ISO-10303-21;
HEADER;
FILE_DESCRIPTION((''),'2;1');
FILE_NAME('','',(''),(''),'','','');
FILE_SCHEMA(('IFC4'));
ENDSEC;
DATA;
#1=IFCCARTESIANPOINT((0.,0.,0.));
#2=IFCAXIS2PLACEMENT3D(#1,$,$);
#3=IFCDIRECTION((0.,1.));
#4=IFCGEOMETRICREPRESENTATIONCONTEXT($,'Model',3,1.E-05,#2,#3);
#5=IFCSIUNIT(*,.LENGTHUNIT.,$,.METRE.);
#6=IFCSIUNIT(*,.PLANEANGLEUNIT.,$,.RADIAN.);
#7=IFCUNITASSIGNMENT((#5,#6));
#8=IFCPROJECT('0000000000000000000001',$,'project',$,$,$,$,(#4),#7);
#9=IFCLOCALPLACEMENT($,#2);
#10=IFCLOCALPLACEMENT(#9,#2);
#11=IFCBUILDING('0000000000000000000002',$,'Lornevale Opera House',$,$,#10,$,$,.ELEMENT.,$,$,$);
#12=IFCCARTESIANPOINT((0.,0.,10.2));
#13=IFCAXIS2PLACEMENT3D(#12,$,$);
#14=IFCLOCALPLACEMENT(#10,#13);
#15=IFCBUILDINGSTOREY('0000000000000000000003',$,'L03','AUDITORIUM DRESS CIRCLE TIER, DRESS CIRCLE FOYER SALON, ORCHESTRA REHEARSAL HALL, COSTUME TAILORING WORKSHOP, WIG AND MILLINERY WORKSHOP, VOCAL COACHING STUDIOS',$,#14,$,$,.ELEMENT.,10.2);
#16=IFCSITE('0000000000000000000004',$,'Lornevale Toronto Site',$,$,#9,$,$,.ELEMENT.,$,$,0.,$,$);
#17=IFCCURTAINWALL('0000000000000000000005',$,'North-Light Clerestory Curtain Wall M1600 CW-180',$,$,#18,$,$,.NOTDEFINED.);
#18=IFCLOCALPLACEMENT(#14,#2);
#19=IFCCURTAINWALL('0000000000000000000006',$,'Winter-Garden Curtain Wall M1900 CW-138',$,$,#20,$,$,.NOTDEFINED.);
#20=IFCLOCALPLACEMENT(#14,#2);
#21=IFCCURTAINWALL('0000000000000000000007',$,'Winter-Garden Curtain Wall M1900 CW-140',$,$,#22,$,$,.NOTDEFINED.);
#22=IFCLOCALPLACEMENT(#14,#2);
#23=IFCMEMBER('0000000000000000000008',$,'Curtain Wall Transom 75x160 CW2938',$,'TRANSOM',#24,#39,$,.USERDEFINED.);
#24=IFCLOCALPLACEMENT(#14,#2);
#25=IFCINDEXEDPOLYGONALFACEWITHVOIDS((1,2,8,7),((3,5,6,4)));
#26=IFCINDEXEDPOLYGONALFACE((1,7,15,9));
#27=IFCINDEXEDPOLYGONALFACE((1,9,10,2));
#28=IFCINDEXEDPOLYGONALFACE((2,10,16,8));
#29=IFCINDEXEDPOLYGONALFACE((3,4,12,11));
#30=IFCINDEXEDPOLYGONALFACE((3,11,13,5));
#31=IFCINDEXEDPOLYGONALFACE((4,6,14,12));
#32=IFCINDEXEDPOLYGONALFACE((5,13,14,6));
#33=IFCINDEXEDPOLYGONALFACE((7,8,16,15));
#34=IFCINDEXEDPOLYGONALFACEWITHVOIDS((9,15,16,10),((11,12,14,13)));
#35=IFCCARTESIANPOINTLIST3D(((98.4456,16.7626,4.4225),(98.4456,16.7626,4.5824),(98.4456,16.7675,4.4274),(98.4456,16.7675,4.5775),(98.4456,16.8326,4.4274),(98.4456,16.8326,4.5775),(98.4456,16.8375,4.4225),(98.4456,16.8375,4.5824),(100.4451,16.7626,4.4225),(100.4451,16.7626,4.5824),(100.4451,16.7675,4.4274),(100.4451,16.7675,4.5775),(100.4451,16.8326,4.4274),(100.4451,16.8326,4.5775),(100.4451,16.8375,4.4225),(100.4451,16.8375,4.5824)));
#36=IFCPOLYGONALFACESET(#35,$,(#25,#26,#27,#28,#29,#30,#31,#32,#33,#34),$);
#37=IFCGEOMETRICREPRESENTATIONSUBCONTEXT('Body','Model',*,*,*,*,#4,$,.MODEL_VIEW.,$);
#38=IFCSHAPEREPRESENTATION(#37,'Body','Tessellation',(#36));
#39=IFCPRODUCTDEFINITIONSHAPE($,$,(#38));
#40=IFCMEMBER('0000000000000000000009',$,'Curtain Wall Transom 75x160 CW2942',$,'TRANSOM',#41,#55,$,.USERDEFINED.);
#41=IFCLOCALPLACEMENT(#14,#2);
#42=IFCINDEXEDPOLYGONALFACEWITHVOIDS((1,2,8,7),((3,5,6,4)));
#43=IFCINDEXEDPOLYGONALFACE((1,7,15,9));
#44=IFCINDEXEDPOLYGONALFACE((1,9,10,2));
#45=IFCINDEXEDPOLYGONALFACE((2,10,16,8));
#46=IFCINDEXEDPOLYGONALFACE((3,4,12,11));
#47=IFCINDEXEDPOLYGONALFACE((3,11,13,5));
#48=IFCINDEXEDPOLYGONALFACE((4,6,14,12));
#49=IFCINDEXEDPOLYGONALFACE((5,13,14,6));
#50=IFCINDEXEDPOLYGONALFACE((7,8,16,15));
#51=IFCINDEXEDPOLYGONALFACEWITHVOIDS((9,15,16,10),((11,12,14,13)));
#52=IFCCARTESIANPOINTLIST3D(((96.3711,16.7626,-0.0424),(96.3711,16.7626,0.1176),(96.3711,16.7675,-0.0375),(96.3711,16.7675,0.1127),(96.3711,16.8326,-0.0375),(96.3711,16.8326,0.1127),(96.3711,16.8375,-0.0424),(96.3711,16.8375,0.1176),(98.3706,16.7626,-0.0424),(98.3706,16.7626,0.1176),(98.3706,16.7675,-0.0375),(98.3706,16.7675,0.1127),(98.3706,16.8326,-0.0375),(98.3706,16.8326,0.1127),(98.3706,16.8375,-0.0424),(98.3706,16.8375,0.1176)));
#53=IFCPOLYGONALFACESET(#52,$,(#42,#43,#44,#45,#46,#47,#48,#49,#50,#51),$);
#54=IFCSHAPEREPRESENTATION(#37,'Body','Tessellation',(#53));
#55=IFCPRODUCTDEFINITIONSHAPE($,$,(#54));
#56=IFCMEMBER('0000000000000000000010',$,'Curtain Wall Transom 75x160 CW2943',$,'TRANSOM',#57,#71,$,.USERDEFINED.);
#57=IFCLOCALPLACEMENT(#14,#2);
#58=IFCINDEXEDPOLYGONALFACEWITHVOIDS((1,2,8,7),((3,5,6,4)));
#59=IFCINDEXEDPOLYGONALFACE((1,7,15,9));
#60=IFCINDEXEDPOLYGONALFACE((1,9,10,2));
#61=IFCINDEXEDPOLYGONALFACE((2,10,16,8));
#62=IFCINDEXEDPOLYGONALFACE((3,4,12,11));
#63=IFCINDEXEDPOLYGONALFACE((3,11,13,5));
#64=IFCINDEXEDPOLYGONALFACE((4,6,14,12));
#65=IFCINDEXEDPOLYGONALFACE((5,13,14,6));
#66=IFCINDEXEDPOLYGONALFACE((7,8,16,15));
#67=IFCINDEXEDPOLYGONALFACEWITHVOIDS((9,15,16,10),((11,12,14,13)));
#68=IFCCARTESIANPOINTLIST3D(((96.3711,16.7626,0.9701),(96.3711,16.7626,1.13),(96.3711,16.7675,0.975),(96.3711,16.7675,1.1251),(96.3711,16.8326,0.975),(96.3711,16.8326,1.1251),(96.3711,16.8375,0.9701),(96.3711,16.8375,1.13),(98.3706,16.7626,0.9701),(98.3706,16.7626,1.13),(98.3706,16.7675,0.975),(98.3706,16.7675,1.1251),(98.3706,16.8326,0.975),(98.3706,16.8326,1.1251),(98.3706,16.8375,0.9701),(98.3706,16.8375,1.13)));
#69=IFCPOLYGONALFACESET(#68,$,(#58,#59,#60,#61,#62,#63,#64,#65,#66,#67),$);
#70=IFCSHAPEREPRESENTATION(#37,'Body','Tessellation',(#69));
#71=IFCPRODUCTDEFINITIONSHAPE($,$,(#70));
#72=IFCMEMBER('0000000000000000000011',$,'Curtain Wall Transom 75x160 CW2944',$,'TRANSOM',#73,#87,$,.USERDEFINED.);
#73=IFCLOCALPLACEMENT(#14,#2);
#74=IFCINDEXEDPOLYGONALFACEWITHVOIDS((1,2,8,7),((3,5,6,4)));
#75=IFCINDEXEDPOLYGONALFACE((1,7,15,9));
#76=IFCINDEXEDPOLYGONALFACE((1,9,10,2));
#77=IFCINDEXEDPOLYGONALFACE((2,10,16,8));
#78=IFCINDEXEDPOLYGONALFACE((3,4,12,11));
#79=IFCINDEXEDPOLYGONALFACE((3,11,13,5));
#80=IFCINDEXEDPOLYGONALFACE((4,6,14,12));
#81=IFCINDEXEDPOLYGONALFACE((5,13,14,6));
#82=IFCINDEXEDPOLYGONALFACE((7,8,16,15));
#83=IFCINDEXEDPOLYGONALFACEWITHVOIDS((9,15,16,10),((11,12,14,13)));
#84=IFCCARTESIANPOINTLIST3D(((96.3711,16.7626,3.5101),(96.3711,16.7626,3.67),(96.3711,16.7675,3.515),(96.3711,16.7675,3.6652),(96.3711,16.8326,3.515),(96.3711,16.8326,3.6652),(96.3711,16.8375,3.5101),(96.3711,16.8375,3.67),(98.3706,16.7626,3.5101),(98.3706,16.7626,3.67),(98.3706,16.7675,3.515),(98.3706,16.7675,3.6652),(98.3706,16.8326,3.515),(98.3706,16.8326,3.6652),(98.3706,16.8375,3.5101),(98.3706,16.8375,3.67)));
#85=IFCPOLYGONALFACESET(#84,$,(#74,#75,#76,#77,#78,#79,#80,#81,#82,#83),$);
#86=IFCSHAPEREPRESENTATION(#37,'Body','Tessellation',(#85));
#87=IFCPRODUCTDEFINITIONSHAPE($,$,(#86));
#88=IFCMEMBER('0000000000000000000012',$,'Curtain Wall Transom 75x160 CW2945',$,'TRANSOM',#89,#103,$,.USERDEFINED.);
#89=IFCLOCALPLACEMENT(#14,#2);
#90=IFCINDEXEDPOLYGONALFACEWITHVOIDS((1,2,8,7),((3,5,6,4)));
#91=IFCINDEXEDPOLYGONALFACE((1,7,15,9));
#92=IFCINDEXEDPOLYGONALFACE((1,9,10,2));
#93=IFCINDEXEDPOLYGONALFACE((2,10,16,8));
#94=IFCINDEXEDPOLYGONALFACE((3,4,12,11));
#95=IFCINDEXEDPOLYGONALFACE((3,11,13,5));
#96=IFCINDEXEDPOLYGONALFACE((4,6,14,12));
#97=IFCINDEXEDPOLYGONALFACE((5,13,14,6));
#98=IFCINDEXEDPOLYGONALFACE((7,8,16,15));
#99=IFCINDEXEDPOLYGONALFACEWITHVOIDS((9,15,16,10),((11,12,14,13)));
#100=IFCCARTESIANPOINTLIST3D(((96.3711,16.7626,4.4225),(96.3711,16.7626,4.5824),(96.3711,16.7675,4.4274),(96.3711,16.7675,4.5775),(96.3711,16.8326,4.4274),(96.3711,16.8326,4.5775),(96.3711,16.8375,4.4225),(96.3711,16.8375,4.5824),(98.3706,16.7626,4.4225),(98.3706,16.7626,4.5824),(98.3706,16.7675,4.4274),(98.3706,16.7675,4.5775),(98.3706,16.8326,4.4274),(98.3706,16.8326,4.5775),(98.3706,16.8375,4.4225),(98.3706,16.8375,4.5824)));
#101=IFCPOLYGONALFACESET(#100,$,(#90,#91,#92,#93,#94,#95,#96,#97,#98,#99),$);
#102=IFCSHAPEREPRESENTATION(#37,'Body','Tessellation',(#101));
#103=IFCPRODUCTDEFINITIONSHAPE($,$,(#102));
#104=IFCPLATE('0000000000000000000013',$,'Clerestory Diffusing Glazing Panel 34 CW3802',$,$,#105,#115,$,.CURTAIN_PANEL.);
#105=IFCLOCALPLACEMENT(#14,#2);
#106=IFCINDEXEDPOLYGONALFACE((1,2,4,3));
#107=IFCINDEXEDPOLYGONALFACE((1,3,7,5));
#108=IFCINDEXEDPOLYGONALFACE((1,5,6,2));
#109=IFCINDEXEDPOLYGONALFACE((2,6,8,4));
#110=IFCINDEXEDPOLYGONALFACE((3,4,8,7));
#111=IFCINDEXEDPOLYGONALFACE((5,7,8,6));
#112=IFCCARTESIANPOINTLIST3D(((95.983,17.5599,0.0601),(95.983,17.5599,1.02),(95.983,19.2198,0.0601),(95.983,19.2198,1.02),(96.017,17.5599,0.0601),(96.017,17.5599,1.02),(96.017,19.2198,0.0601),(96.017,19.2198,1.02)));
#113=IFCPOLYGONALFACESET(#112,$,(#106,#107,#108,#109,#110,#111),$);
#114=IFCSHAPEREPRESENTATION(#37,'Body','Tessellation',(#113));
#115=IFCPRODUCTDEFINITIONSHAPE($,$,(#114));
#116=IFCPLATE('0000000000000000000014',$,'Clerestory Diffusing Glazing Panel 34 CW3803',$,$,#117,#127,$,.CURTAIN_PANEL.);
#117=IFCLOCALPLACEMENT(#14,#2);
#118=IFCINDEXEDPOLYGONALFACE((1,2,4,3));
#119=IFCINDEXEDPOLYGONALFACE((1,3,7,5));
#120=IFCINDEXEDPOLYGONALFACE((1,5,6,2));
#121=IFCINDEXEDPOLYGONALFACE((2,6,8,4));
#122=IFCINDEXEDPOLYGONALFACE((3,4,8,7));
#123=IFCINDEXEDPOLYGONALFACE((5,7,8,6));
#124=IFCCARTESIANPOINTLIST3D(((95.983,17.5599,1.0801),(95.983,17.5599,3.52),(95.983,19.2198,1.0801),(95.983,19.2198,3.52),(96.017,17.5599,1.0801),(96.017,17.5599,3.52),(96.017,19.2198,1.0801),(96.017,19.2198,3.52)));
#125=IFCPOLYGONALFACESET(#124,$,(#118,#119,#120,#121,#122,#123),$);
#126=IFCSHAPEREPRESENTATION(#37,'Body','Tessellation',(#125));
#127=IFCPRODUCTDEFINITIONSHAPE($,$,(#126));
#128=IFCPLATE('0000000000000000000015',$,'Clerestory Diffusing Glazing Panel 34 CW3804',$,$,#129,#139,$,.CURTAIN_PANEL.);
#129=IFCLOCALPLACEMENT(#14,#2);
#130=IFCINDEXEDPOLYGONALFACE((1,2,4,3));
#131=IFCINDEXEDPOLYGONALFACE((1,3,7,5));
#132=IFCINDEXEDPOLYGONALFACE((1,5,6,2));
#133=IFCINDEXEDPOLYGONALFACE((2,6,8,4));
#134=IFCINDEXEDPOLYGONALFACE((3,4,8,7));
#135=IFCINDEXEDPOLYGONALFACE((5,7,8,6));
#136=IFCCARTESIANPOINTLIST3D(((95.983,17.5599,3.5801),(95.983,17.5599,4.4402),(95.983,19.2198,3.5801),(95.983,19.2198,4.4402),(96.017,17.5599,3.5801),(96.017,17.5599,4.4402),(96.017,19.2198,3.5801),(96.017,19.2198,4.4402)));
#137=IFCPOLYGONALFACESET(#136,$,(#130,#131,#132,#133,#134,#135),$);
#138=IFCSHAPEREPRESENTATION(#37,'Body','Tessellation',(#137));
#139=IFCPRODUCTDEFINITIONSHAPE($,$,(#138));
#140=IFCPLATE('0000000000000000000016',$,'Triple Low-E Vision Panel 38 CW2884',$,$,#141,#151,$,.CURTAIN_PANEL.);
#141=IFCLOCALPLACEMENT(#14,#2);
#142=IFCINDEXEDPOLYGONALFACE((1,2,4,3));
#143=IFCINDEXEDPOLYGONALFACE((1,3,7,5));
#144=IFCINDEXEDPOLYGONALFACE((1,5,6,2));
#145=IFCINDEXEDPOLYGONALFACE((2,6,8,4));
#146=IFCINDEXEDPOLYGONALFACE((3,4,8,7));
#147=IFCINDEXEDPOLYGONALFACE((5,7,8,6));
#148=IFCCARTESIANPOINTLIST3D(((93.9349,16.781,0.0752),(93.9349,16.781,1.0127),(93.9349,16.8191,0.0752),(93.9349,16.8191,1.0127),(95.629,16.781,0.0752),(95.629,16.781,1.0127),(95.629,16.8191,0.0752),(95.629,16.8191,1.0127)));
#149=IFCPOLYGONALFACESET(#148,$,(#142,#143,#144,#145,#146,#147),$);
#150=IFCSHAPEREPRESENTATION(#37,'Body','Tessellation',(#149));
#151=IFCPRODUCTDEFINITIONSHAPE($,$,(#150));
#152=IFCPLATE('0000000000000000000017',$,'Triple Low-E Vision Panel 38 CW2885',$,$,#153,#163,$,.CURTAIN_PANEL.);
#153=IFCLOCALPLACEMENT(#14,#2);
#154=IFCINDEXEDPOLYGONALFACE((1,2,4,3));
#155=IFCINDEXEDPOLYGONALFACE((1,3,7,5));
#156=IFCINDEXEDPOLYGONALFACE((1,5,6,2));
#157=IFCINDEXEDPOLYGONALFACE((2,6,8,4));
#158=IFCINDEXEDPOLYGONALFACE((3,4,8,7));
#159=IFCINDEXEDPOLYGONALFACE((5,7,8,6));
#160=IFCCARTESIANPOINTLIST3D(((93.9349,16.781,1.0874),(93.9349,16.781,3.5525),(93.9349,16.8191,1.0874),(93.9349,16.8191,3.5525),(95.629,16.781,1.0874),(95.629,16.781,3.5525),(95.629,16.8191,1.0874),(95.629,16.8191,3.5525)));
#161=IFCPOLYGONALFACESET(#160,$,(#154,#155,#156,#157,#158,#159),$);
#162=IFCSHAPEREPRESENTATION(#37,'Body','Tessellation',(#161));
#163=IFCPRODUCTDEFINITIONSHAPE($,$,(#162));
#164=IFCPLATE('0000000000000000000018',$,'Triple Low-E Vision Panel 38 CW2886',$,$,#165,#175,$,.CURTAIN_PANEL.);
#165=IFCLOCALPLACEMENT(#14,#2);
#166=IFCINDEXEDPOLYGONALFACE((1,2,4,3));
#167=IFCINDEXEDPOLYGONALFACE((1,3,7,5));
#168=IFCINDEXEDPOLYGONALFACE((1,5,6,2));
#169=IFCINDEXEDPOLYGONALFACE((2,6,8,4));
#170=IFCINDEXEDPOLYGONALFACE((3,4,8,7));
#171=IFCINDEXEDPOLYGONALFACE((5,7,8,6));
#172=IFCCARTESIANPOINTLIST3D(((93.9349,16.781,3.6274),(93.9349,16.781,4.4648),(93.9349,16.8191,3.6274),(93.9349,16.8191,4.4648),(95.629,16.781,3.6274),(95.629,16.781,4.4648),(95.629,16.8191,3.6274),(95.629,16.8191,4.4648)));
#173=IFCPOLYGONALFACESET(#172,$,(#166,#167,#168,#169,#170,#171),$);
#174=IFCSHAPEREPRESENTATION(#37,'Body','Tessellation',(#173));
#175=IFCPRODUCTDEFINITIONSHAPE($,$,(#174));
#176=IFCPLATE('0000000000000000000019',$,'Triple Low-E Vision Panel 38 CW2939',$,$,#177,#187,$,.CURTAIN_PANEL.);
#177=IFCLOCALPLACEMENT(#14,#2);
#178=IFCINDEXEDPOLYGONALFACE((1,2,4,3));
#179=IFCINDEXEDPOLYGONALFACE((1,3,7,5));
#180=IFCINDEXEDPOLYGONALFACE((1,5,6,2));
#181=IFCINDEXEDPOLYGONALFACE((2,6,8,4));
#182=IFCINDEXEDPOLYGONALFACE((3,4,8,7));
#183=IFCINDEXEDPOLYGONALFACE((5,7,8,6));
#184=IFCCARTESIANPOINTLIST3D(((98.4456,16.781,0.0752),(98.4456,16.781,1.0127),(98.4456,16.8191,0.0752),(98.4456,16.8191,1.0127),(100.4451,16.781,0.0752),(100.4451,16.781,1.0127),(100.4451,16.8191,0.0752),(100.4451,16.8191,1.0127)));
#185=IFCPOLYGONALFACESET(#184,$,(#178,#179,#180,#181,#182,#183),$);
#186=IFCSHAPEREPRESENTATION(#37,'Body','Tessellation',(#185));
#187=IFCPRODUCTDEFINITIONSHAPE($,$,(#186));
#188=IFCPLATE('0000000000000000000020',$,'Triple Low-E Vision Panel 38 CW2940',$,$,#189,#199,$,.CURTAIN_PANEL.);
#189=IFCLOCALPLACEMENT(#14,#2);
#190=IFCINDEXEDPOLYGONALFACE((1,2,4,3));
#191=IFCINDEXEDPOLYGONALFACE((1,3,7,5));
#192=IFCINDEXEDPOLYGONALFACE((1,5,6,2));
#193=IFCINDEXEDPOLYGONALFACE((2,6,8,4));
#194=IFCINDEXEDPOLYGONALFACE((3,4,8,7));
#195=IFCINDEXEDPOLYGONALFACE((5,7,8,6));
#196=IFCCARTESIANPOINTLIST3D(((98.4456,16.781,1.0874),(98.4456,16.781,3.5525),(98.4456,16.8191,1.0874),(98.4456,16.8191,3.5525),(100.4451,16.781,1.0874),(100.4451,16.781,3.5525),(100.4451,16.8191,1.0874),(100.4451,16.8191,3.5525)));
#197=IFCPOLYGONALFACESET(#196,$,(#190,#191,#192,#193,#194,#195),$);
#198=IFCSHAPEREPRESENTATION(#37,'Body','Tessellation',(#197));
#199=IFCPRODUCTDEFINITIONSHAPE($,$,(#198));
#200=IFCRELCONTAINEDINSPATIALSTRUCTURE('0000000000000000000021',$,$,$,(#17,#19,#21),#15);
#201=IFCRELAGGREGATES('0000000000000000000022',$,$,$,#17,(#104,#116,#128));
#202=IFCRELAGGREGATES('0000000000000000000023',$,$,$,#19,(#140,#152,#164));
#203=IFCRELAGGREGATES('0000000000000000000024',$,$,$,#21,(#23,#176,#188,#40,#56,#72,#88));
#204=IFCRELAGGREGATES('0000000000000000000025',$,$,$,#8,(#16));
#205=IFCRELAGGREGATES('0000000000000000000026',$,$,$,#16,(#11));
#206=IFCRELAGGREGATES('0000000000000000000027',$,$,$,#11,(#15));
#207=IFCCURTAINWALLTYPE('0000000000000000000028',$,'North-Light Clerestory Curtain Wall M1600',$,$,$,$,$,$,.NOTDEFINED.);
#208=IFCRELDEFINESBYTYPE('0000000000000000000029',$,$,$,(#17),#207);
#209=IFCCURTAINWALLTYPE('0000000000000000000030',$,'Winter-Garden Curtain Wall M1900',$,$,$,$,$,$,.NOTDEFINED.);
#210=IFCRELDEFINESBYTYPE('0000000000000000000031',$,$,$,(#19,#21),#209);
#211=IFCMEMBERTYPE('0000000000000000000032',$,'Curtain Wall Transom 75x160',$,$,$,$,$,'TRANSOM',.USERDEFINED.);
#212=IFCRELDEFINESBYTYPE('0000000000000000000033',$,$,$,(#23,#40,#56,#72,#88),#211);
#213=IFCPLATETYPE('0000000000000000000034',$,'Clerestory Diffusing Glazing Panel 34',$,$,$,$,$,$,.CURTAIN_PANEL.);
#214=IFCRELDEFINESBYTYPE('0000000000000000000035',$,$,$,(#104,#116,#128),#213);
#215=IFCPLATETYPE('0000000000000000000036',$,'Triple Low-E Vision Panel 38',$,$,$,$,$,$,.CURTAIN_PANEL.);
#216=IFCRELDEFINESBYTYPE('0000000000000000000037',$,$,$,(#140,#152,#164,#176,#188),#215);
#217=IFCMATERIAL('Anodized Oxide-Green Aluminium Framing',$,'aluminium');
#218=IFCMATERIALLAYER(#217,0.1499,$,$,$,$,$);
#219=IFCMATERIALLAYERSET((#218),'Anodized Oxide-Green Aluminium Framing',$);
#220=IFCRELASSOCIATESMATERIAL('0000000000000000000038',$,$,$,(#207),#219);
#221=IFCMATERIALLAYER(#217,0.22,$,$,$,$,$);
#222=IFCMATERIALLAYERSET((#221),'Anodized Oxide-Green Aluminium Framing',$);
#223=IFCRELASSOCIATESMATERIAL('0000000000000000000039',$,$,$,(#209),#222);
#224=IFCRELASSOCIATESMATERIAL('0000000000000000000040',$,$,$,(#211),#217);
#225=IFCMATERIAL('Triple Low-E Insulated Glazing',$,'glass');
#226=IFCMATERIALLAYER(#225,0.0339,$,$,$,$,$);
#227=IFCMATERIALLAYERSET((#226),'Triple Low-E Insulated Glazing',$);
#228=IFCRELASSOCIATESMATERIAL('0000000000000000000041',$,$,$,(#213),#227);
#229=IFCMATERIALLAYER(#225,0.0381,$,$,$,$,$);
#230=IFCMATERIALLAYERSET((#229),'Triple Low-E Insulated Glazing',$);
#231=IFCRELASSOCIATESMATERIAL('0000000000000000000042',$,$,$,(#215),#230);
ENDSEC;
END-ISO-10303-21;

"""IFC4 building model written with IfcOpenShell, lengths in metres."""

from ifc_helpers import new_model, si_unit, direction, frame, origin, origin_2d, place, context, subcontext, project, spatial, rectangle, hollow_rectangle, extrude, material, layer, layer_set, material_profile, profile_set, type_object, element, aggregate, save


model = new_model("IFC4")

# Units and contexts
model_context = context("Model", 3, precision=1e-05, world=origin(), true_north=direction((0.0, 1.0)))
body_context = subcontext(model_context, "Body", "Model", "MODEL_VIEW")
ifc_project = project(units=[si_unit("LENGTHUNIT", "METRE"), si_unit("PLANEANGLEUNIT", "RADIAN")], contexts=[model_context])

# Site, building, storey
site_placement = place(None, origin())
site = spatial("IfcSite", under=ifc_project, at=site_placement, Name="Lornevale Toronto Site", CompositionType="ELEMENT", RefElevation=0.0)
building_placement = place(site_placement, origin())
building = spatial("IfcBuilding", under=site, at=building_placement, Name="Lornevale Opera House", CompositionType="ELEMENT")
storey_placement = place(building_placement, frame((0.0, 0.0, 10.2)))
storey = spatial("IfcBuildingStorey", under=building, at=storey_placement, Name="L03", Description="AUDITORIUM DRESS CIRCLE TIER, DRESS CIRCLE FOYER SALON, ORCHESTRA REHEARSAL HALL, COSTUME TAILORING WORKSHOP, WIG AND MILLINERY WORKSHOP, VOCAL COACHING STUDIOS", CompositionType="ELEMENT", Elevation=10.2)

# Curtain wall
ifc_material_1 = material(Name="Anodized Oxide-Green Aluminium Framing", Category="aluminium")
ifc_layer_1 = layer(ifc_material_1, 0.1499)
ifc_layer_set_1 = layer_set([ifc_layer_1], Name="Anodized Oxide-Green Aluminium Framing")
curtain_wall_type_1 = type_object("IfcCurtainWallType", Name="North-Light Clerestory Curtain Wall M1600", PredefinedType="NOTDEFINED", material=ifc_layer_set_1)
curtain_wall_1_placement = place(storey_placement, origin())
curtain_wall_1 = element("IfcCurtainWall", 1, at=curtain_wall_1_placement, inside=storey, type_object=curtain_wall_type_1, Name="North-Light Clerestory Curtain Wall M1600 CW-180", PredefinedType="NOTDEFINED")

# Curtain walls
ifc_layer_2 = layer(ifc_material_1, 0.22)
ifc_layer_set_2 = layer_set([ifc_layer_2], Name="Anodized Oxide-Green Aluminium Framing")
curtain_wall_type_2 = type_object("IfcCurtainWallType", Name="Winter-Garden Curtain Wall M1900", PredefinedType="NOTDEFINED", material=ifc_layer_set_2)
curtain_wall_2_placement = place(storey_placement, origin())
curtain_wall_2 = element("IfcCurtainWall", 2, at=curtain_wall_2_placement, inside=storey, type_object=curtain_wall_type_2, Name="Winter-Garden Curtain Wall M1900 CW-138", PredefinedType="NOTDEFINED")
curtain_wall_3_placement = place(storey_placement, origin())
curtain_wall_3 = element("IfcCurtainWall", 3, at=curtain_wall_3_placement, inside=storey, type_object=curtain_wall_type_2, Name="Winter-Garden Curtain Wall M1900 CW-140", PredefinedType="NOTDEFINED")

# Members
ifc_material_profile_1 = material_profile(ifc_material_1, hollow_rectangle(XDim=0.075, YDim=0.1599, WallThickness=0.0049, at=origin_2d()), Name="ALU75x160x5")
ifc_profile_set_1 = profile_set([ifc_material_profile_1], Name="Anodized Oxide-Green Aluminium Framing")
member_type_1 = type_object("IfcMemberType", Name="Curtain Wall Transom 75x160", ElementType="TRANSOM", PredefinedType="USERDEFINED", material=ifc_profile_set_1)
member_1_placement = place(storey_placement, frame((100.4451, 16.8, 4.5024), z_axis=(-1.0, 0.0, 0.0), x_axis=(0.0, -1.0, 0.0)))
member_1 = element("IfcMember", 4, at=member_1_placement, type_object=member_type_1, Name="Curtain Wall Transom 75x160 CW2938", ObjectType="TRANSOM", PredefinedType="USERDEFINED", context=body_context, shape_type="SweptSolid", body=[
    extrude(hollow_rectangle(XDim=0.075, YDim=0.1599, WallThickness=0.0049, at=origin_2d()), origin(), (0.0, 0.0, 1.0), 1.9995),
])
member_2_placement = place(storey_placement, frame((98.3706, 16.8, 0.0376), z_axis=(-1.0, 0.0, 0.0), x_axis=(0.0, -1.0, 0.0)))
member_2 = element("IfcMember", 5, at=member_2_placement, type_object=member_type_1, Name="Curtain Wall Transom 75x160 CW2942", ObjectType="TRANSOM", PredefinedType="USERDEFINED", context=body_context, shape_type="SweptSolid", body=[
    extrude(hollow_rectangle(XDim=0.075, YDim=0.1599, WallThickness=0.0049, at=origin_2d()), origin(), (0.0, 0.0, 1.0), 1.9995),
])
member_3_placement = place(storey_placement, frame((98.3706, 16.8, 1.05), z_axis=(-1.0, 0.0, 0.0), x_axis=(0.0, -1.0, 0.0)))
member_3 = element("IfcMember", 6, at=member_3_placement, type_object=member_type_1, Name="Curtain Wall Transom 75x160 CW2943", ObjectType="TRANSOM", PredefinedType="USERDEFINED", context=body_context, shape_type="SweptSolid", body=[
    extrude(hollow_rectangle(XDim=0.075, YDim=0.1599, WallThickness=0.0049, at=origin_2d()), origin(), (0.0, 0.0, 1.0), 1.9995),
])
member_4_placement = place(storey_placement, frame((98.3706, 16.8, 3.5901), z_axis=(-1.0, 0.0, 0.0), x_axis=(0.0, -1.0, 0.0)))
member_4 = element("IfcMember", 7, at=member_4_placement, type_object=member_type_1, Name="Curtain Wall Transom 75x160 CW2944", ObjectType="TRANSOM", PredefinedType="USERDEFINED", context=body_context, shape_type="SweptSolid", body=[
    extrude(hollow_rectangle(XDim=0.075, YDim=0.1599, WallThickness=0.0049, at=origin_2d()), origin(), (0.0, 0.0, 1.0), 1.9995),
])
member_5_placement = place(storey_placement, frame((98.3706, 16.8, 4.5024), z_axis=(-1.0, 0.0, 0.0), x_axis=(0.0, -1.0, 0.0)))
member_5 = element("IfcMember", 8, at=member_5_placement, type_object=member_type_1, Name="Curtain Wall Transom 75x160 CW2945", ObjectType="TRANSOM", PredefinedType="USERDEFINED", context=body_context, shape_type="SweptSolid", body=[
    extrude(hollow_rectangle(XDim=0.075, YDim=0.1599, WallThickness=0.0049, at=origin_2d()), origin(), (0.0, 0.0, 1.0), 1.9995),
])

# Plates
ifc_material_2 = material(Name="Triple Low-E Insulated Glazing", Category="glass")
ifc_layer_3 = layer(ifc_material_2, 0.0339)
ifc_layer_set_3 = layer_set([ifc_layer_3], Name="Triple Low-E Insulated Glazing")
plate_type_1 = type_object("IfcPlateType", Name="Clerestory Diffusing Glazing Panel 34", PredefinedType="CURTAIN_PANEL", material=ifc_layer_set_3)
plate_1_placement = place(storey_placement, frame((96.0, 18.3899, 0.0601), z_axis=(0.0, 0.0, 1.0), x_axis=(0.0, -1.0, 0.0)))
plate_1 = element("IfcPlate", 9, at=plate_1_placement, type_object=plate_type_1, Name="Clerestory Diffusing Glazing Panel 34 CW3802", PredefinedType="CURTAIN_PANEL", context=body_context, shape_type="SweptSolid", body=[
    extrude(rectangle(XDim=1.6599, YDim=0.0339, at=origin_2d()), origin(), (0.0, 0.0, 1.0), 0.96),
])
plate_2_placement = place(storey_placement, frame((96.0, 18.3899, 1.0801), z_axis=(0.0, 0.0, 1.0), x_axis=(0.0, -1.0, 0.0)))
plate_2 = element("IfcPlate", 10, at=plate_2_placement, type_object=plate_type_1, Name="Clerestory Diffusing Glazing Panel 34 CW3803", PredefinedType="CURTAIN_PANEL", context=body_context, shape_type="SweptSolid", body=[
    extrude(rectangle(XDim=1.6599, YDim=0.0339, at=origin_2d()), origin(), (0.0, 0.0, 1.0), 2.4399),
])
plate_3_placement = place(storey_placement, frame((96.0, 18.3899, 3.5801), z_axis=(0.0, 0.0, 1.0), x_axis=(0.0, -1.0, 0.0)))
plate_3 = element("IfcPlate", 11, at=plate_3_placement, type_object=plate_type_1, Name="Clerestory Diffusing Glazing Panel 34 CW3804", PredefinedType="CURTAIN_PANEL", context=body_context, shape_type="SweptSolid", body=[
    extrude(rectangle(XDim=1.6599, YDim=0.0339, at=origin_2d()), origin(), (0.0, 0.0, 1.0), 0.8601),
])
aggregate(curtain_wall_1, [plate_1, plate_2, plate_3])
ifc_layer_4 = layer(ifc_material_2, 0.0381)
ifc_layer_set_4 = layer_set([ifc_layer_4], Name="Triple Low-E Insulated Glazing")
plate_type_2 = type_object("IfcPlateType", Name="Triple Low-E Vision Panel 38", PredefinedType="CURTAIN_PANEL", material=ifc_layer_set_4)
plate_4_placement = place(storey_placement, frame((94.782, 16.8, 0.0752), z_axis=(0.0, 0.0, 1.0), x_axis=(-1.0, 0.0, 0.0)))
plate_4 = element("IfcPlate", 12, at=plate_4_placement, type_object=plate_type_2, Name="Triple Low-E Vision Panel 38 CW2884", PredefinedType="CURTAIN_PANEL", context=body_context, shape_type="SweptSolid", body=[
    extrude(rectangle(XDim=1.6941, YDim=0.0381, at=origin_2d()), origin(), (0.0, 0.0, 1.0), 0.9375),
])
plate_5_placement = place(storey_placement, frame((94.782, 16.8, 1.0874), z_axis=(0.0, 0.0, 1.0), x_axis=(-1.0, 0.0, 0.0)))
plate_5 = element("IfcPlate", 13, at=plate_5_placement, type_object=plate_type_2, Name="Triple Low-E Vision Panel 38 CW2885", PredefinedType="CURTAIN_PANEL", context=body_context, shape_type="SweptSolid", body=[
    extrude(rectangle(XDim=1.6941, YDim=0.0381, at=origin_2d()), origin(), (0.0, 0.0, 1.0), 2.4651),
])
plate_6_placement = place(storey_placement, frame((94.782, 16.8, 3.6274), z_axis=(0.0, 0.0, 1.0), x_axis=(-1.0, 0.0, 0.0)))
plate_6 = element("IfcPlate", 14, at=plate_6_placement, type_object=plate_type_2, Name="Triple Low-E Vision Panel 38 CW2886", PredefinedType="CURTAIN_PANEL", context=body_context, shape_type="SweptSolid", body=[
    extrude(rectangle(XDim=1.6941, YDim=0.0381, at=origin_2d()), origin(), (0.0, 0.0, 1.0), 0.8374),
])
aggregate(curtain_wall_2, [plate_4, plate_5, plate_6])
plate_7_placement = place(storey_placement, frame((99.4453, 16.8, 0.0752), z_axis=(0.0, 0.0, 1.0), x_axis=(-1.0, 0.0, 0.0)))
plate_7 = element("IfcPlate", 15, at=plate_7_placement, type_object=plate_type_2, Name="Triple Low-E Vision Panel 38 CW2939", PredefinedType="CURTAIN_PANEL", context=body_context, shape_type="SweptSolid", body=[
    extrude(rectangle(XDim=1.9995, YDim=0.0381, at=origin_2d()), origin(), (0.0, 0.0, 1.0), 0.9375),
])
plate_8_placement = place(storey_placement, frame((99.4453, 16.8, 1.0874), z_axis=(0.0, 0.0, 1.0), x_axis=(-1.0, 0.0, 0.0)))
plate_8 = element("IfcPlate", 16, at=plate_8_placement, type_object=plate_type_2, Name="Triple Low-E Vision Panel 38 CW2940", PredefinedType="CURTAIN_PANEL", context=body_context, shape_type="SweptSolid", body=[
    extrude(rectangle(XDim=1.9995, YDim=0.0381, at=origin_2d()), origin(), (0.0, 0.0, 1.0), 2.4651),
])
aggregate(curtain_wall_3, [member_1, plate_7, plate_8, member_2, member_3, member_4, member_5])

save(model, "model.ifc")
